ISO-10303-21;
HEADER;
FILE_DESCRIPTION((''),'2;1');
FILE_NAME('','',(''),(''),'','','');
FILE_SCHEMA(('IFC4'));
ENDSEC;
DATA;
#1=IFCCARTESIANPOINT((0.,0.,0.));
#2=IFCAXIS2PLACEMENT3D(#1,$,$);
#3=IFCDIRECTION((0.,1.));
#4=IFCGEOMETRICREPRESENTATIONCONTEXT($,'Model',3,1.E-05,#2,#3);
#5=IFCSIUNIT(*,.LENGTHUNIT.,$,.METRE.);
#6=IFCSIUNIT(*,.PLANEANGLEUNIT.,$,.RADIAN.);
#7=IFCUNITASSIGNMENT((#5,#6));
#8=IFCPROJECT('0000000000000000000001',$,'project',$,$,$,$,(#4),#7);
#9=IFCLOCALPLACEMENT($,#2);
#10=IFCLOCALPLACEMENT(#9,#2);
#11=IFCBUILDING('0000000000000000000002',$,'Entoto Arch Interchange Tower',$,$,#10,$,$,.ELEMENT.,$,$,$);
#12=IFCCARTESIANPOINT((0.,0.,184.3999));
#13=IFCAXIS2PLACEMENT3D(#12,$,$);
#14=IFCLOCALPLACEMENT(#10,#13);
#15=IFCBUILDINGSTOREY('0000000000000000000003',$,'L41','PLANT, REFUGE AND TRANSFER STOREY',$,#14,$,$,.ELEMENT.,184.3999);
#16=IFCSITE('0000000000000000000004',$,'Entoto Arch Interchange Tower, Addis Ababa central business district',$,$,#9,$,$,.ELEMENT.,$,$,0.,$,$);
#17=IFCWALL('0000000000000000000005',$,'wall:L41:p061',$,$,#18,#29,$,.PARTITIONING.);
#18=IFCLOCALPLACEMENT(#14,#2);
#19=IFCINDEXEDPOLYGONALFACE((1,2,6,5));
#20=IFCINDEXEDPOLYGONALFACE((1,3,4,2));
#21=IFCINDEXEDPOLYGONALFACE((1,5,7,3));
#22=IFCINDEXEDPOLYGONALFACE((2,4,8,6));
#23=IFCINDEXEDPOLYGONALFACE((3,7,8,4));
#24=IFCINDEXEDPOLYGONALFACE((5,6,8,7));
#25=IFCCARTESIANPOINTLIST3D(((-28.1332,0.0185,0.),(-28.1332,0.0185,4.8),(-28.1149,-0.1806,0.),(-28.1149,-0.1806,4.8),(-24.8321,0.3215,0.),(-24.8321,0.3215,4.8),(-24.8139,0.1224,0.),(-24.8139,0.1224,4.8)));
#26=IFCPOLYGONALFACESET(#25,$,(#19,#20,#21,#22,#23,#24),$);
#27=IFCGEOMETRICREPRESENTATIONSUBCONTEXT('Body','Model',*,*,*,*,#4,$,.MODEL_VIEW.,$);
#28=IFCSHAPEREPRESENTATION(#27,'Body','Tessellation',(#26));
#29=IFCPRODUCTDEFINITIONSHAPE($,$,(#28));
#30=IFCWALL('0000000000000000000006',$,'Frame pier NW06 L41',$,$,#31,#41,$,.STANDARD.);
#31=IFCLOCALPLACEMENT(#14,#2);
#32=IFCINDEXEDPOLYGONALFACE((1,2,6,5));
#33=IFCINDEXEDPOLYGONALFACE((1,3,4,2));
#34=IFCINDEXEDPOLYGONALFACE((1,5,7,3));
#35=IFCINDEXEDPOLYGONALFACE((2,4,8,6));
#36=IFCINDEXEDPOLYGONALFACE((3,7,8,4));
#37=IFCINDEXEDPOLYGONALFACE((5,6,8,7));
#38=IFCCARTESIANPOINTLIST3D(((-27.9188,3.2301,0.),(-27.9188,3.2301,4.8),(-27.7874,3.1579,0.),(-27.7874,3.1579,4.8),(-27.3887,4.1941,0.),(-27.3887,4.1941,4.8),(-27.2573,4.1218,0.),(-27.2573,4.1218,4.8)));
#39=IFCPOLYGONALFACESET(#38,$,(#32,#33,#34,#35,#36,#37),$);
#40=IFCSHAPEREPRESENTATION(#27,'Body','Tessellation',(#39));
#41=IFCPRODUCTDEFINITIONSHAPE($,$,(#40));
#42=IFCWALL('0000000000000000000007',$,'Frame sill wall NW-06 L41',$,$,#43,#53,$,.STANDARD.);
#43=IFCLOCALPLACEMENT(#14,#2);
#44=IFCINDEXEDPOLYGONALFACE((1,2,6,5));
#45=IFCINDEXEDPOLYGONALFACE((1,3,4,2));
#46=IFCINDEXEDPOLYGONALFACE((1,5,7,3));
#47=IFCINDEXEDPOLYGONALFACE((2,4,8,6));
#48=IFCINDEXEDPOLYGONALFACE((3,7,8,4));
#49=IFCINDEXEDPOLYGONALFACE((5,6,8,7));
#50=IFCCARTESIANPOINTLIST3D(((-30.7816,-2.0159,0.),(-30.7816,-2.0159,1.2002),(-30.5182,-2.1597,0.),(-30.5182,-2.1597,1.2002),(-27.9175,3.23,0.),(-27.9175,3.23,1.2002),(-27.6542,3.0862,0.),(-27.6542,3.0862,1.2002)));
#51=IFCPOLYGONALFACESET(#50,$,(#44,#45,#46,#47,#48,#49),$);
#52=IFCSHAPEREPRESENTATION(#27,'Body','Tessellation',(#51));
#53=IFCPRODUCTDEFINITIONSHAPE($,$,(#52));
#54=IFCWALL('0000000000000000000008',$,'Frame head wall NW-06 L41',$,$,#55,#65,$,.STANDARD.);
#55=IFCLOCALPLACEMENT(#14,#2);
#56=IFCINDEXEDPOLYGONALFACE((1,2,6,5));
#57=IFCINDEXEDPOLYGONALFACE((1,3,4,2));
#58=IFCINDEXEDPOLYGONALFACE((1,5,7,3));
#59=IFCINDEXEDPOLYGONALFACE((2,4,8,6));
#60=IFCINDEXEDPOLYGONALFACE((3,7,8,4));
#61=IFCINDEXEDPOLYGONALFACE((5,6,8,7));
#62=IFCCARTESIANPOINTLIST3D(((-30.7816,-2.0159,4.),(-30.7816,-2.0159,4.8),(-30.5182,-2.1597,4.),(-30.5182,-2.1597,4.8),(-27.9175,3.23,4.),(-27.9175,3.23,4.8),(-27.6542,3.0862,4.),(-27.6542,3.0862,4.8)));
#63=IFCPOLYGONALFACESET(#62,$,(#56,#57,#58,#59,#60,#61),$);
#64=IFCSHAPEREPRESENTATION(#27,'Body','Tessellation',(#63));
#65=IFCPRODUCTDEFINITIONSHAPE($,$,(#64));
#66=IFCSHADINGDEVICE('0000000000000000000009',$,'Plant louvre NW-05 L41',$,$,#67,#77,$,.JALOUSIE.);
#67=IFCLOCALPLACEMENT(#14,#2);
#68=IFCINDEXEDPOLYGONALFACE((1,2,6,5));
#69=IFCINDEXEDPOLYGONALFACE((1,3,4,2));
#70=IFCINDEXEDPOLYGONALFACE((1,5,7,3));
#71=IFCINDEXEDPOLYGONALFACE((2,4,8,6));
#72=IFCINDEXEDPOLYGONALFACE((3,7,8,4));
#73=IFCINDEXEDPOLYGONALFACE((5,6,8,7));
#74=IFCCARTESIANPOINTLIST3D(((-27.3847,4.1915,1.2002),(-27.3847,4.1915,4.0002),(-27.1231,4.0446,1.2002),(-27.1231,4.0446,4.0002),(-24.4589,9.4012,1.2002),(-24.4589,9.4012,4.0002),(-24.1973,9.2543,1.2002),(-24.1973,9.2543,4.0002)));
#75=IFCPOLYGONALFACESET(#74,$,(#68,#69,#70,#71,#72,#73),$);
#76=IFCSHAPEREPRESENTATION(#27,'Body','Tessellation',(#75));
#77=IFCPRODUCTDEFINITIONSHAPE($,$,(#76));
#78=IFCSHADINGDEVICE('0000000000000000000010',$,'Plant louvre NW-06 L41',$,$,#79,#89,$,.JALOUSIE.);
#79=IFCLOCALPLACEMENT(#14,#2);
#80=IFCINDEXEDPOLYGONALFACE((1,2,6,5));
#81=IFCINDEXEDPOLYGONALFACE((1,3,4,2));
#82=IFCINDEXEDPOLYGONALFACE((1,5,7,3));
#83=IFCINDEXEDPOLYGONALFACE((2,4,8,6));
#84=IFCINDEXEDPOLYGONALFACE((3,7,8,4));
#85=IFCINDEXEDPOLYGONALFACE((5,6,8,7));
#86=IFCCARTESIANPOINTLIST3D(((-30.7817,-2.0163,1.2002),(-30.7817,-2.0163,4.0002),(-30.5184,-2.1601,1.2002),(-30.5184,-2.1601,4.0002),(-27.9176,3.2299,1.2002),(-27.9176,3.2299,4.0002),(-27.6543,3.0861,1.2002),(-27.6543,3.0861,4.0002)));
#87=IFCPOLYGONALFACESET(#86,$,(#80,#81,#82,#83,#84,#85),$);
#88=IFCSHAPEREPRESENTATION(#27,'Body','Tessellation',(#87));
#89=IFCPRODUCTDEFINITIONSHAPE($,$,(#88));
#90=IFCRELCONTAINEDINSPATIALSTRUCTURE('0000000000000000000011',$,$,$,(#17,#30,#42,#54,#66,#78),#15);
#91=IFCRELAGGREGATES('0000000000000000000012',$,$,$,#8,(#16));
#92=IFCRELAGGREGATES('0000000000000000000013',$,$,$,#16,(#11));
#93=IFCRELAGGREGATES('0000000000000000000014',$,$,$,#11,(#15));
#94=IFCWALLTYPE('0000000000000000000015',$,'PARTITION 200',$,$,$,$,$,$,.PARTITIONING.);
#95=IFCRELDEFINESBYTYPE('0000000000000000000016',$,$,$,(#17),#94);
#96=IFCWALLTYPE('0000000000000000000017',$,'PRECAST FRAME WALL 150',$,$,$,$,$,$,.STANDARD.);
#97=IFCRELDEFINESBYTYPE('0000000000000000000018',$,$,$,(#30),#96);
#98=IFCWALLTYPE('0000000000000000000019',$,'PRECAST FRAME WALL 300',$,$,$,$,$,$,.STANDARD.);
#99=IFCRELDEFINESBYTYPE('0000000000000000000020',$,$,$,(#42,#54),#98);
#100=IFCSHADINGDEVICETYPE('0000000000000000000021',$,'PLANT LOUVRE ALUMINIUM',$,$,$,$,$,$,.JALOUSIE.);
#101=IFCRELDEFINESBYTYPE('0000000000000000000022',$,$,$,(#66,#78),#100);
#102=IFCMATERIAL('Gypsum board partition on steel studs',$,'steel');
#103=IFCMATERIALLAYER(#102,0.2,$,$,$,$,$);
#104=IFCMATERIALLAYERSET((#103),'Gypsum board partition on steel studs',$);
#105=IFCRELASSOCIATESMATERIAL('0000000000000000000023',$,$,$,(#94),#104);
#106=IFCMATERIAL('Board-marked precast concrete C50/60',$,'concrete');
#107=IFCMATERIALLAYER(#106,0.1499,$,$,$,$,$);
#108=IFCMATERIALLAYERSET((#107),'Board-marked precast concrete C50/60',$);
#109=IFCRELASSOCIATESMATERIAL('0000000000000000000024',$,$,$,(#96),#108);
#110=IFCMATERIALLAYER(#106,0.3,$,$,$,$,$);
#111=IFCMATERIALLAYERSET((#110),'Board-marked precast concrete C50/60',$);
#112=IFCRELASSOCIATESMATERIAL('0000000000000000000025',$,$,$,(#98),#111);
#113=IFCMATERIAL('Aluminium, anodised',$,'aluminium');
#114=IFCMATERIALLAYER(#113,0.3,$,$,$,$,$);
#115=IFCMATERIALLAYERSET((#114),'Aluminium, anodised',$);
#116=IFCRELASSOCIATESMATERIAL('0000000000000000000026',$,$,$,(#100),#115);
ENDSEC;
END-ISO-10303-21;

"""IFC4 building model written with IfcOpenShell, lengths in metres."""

from ifc_helpers import new_model, si_unit, direction, frame, frame_2d, origin, origin_2d, place, context, subcontext, project, spatial, rectangle, extrude, material, layer, layer_set, type_object, element, save


model = new_model("IFC4")

# Units and contexts
model_context = context("Model", 3, precision=1e-05, world=origin(), true_north=direction((0.0, 1.0)))
body_context = subcontext(model_context, "Body", "Model", "MODEL_VIEW")
ifc_project = project(units=[si_unit("LENGTHUNIT", "METRE"), si_unit("PLANEANGLEUNIT", "RADIAN")], contexts=[model_context])

# Site, building, storey
site_placement = place(None, origin())
site = spatial("IfcSite", under=ifc_project, at=site_placement, Name="Entoto Arch Interchange Tower, Addis Ababa central business district", CompositionType="ELEMENT", RefElevation=0.0)
building_placement = place(site_placement, origin())
building = spatial("IfcBuilding", under=site, at=building_placement, Name="Entoto Arch Interchange Tower", CompositionType="ELEMENT")
storey_placement = place(building_placement, frame((0.0, 0.0, 184.3999)))
storey = spatial("IfcBuildingStorey", under=building, at=storey_placement, Name="L41", Description="PLANT, REFUGE AND TRANSFER STOREY", CompositionType="ELEMENT", Elevation=184.3999)

# Shared definitions
ifc_material_1 = material(Name="Gypsum board partition on steel studs", Category="steel")
ifc_layer_1 = layer(ifc_material_1, 0.2)
ifc_layer_set_1 = layer_set([ifc_layer_1], Name="Gypsum board partition on steel studs")
wall_type_1 = type_object("IfcWallType", Name="PARTITION 200", PredefinedType="PARTITIONING", material=ifc_layer_set_1)

# Walls
wall_1_placement = place(storey_placement, frame((-24.823, 0.2219, 0.0), z_axis=(0.0, 0.0, 1.0), x_axis=(-0.995814, -0.091399, 0.0)))
element("IfcWall", 1, at=wall_1_placement, inside=storey, type_object=wall_type_1, Name="wall:L41:p061", PredefinedType="PARTITIONING", context=body_context, shape_type="SweptSolid", body=[
    extrude(rectangle(XDim=3.3149, YDim=0.2, at=frame_2d((1.6575, 0.0))), origin(), (0.0, 0.0, 1.0), 4.8),
])
ifc_material_2 = material(Name="Board-marked precast concrete C50/60", Category="concrete")
ifc_layer_2 = layer(ifc_material_2, 0.1499)
ifc_layer_set_2 = layer_set([ifc_layer_2], Name="Board-marked precast concrete C50/60")
wall_type_2 = type_object("IfcWallType", Name="PRECAST FRAME WALL 150", PredefinedType="STANDARD", material=ifc_layer_set_2)
wall_2_placement = place(storey_placement, frame((-27.323, 4.158, 0.0), z_axis=(0.0, 0.0, 1.0), x_axis=(-0.481851, -0.876253, 0.0)))
element("IfcWall", 2, at=wall_2_placement, inside=storey, type_object=wall_type_2, Name="Frame pier NW06 L41", PredefinedType="STANDARD", context=body_context, shape_type="SweptSolid", body=[
    extrude(rectangle(XDim=1.1001, YDim=0.1499, at=frame_2d((0.55, 0.0))), origin(), (0.0, 0.0, 1.0), 4.8),
])
ifc_layer_3 = layer(ifc_material_2, 0.3)
ifc_layer_set_3 = layer_set([ifc_layer_3], Name="Board-marked precast concrete C50/60")
wall_type_3 = type_object("IfcWallType", Name="PRECAST FRAME WALL 300", PredefinedType="STANDARD", material=ifc_layer_set_3)
wall_3_placement = place(storey_placement, frame((-27.7859, 3.158, 0.0), z_axis=(0.0, 0.0, 1.0), x_axis=(-0.479193, -0.87771, 0.0)))
element("IfcWall", 3, at=wall_3_placement, inside=storey, type_object=wall_type_3, Name="Frame sill wall NW-06 L41", PredefinedType="STANDARD", context=body_context, shape_type="SweptSolid", body=[
    extrude(rectangle(XDim=5.9768, YDim=0.3, at=frame_2d((2.9883, 0.0))), origin(), (0.0, 0.0, 1.0), 1.2002),
])
wall_4_placement = place(storey_placement, frame((-27.7859, 3.158, 4.0), z_axis=(0.0, 0.0, 1.0), x_axis=(-0.479193, -0.87771, 0.0)))
element("IfcWall", 4, at=wall_4_placement, inside=storey, type_object=wall_type_3, Name="Frame head wall NW-06 L41", PredefinedType="STANDARD", context=body_context, shape_type="SweptSolid", body=[
    extrude(rectangle(XDim=5.9768, YDim=0.3, at=frame_2d((2.9883, 0.0))), origin(), (0.0, 0.0, 1.0), 0.8),
])

# Shading devices
ifc_material_3 = material(Name="Aluminium, anodised", Category="aluminium")
ifc_layer_4 = layer(ifc_material_3, 0.3)
ifc_layer_set_4 = layer_set([ifc_layer_4], Name="Aluminium, anodised")
shading_device_type = type_object("IfcShadingDeviceType", Name="PLANT LOUVRE ALUMINIUM", PredefinedType="JALOUSIE", material=ifc_layer_set_4)
shading_device_1_placement = place(storey_placement, frame((-25.791, 6.7229, 1.2002), z_axis=(0.0, 0.0, 1.0), x_axis=(-0.489672, -0.871907, 0.0)))
element("IfcShadingDevice", 5, at=shading_device_1_placement, inside=storey, type_object=shading_device_type, Name="Plant louvre NW-05 L41", PredefinedType="JALOUSIE", context=body_context, shape_type="SweptSolid", body=[
    extrude(rectangle(XDim=5.9751, YDim=0.3, at=origin_2d()), origin(), (0.0, 0.0, 1.0), 2.8),
])
shading_device_2_placement = place(storey_placement, frame((-29.218, 0.5349, 1.2002), z_axis=(0.0, 0.0, 1.0), x_axis=(-0.479182, -0.877715, 0.0)))
element("IfcShadingDevice", 6, at=shading_device_2_placement, inside=storey, type_object=shading_device_type, Name="Plant louvre NW-06 L41", PredefinedType="JALOUSIE", context=body_context, shape_type="SweptSolid", body=[
    extrude(rectangle(XDim=5.9771, YDim=0.3, at=origin_2d()), origin(), (0.0, 0.0, 1.0), 2.8),
])

save(model, "model.ifc")
